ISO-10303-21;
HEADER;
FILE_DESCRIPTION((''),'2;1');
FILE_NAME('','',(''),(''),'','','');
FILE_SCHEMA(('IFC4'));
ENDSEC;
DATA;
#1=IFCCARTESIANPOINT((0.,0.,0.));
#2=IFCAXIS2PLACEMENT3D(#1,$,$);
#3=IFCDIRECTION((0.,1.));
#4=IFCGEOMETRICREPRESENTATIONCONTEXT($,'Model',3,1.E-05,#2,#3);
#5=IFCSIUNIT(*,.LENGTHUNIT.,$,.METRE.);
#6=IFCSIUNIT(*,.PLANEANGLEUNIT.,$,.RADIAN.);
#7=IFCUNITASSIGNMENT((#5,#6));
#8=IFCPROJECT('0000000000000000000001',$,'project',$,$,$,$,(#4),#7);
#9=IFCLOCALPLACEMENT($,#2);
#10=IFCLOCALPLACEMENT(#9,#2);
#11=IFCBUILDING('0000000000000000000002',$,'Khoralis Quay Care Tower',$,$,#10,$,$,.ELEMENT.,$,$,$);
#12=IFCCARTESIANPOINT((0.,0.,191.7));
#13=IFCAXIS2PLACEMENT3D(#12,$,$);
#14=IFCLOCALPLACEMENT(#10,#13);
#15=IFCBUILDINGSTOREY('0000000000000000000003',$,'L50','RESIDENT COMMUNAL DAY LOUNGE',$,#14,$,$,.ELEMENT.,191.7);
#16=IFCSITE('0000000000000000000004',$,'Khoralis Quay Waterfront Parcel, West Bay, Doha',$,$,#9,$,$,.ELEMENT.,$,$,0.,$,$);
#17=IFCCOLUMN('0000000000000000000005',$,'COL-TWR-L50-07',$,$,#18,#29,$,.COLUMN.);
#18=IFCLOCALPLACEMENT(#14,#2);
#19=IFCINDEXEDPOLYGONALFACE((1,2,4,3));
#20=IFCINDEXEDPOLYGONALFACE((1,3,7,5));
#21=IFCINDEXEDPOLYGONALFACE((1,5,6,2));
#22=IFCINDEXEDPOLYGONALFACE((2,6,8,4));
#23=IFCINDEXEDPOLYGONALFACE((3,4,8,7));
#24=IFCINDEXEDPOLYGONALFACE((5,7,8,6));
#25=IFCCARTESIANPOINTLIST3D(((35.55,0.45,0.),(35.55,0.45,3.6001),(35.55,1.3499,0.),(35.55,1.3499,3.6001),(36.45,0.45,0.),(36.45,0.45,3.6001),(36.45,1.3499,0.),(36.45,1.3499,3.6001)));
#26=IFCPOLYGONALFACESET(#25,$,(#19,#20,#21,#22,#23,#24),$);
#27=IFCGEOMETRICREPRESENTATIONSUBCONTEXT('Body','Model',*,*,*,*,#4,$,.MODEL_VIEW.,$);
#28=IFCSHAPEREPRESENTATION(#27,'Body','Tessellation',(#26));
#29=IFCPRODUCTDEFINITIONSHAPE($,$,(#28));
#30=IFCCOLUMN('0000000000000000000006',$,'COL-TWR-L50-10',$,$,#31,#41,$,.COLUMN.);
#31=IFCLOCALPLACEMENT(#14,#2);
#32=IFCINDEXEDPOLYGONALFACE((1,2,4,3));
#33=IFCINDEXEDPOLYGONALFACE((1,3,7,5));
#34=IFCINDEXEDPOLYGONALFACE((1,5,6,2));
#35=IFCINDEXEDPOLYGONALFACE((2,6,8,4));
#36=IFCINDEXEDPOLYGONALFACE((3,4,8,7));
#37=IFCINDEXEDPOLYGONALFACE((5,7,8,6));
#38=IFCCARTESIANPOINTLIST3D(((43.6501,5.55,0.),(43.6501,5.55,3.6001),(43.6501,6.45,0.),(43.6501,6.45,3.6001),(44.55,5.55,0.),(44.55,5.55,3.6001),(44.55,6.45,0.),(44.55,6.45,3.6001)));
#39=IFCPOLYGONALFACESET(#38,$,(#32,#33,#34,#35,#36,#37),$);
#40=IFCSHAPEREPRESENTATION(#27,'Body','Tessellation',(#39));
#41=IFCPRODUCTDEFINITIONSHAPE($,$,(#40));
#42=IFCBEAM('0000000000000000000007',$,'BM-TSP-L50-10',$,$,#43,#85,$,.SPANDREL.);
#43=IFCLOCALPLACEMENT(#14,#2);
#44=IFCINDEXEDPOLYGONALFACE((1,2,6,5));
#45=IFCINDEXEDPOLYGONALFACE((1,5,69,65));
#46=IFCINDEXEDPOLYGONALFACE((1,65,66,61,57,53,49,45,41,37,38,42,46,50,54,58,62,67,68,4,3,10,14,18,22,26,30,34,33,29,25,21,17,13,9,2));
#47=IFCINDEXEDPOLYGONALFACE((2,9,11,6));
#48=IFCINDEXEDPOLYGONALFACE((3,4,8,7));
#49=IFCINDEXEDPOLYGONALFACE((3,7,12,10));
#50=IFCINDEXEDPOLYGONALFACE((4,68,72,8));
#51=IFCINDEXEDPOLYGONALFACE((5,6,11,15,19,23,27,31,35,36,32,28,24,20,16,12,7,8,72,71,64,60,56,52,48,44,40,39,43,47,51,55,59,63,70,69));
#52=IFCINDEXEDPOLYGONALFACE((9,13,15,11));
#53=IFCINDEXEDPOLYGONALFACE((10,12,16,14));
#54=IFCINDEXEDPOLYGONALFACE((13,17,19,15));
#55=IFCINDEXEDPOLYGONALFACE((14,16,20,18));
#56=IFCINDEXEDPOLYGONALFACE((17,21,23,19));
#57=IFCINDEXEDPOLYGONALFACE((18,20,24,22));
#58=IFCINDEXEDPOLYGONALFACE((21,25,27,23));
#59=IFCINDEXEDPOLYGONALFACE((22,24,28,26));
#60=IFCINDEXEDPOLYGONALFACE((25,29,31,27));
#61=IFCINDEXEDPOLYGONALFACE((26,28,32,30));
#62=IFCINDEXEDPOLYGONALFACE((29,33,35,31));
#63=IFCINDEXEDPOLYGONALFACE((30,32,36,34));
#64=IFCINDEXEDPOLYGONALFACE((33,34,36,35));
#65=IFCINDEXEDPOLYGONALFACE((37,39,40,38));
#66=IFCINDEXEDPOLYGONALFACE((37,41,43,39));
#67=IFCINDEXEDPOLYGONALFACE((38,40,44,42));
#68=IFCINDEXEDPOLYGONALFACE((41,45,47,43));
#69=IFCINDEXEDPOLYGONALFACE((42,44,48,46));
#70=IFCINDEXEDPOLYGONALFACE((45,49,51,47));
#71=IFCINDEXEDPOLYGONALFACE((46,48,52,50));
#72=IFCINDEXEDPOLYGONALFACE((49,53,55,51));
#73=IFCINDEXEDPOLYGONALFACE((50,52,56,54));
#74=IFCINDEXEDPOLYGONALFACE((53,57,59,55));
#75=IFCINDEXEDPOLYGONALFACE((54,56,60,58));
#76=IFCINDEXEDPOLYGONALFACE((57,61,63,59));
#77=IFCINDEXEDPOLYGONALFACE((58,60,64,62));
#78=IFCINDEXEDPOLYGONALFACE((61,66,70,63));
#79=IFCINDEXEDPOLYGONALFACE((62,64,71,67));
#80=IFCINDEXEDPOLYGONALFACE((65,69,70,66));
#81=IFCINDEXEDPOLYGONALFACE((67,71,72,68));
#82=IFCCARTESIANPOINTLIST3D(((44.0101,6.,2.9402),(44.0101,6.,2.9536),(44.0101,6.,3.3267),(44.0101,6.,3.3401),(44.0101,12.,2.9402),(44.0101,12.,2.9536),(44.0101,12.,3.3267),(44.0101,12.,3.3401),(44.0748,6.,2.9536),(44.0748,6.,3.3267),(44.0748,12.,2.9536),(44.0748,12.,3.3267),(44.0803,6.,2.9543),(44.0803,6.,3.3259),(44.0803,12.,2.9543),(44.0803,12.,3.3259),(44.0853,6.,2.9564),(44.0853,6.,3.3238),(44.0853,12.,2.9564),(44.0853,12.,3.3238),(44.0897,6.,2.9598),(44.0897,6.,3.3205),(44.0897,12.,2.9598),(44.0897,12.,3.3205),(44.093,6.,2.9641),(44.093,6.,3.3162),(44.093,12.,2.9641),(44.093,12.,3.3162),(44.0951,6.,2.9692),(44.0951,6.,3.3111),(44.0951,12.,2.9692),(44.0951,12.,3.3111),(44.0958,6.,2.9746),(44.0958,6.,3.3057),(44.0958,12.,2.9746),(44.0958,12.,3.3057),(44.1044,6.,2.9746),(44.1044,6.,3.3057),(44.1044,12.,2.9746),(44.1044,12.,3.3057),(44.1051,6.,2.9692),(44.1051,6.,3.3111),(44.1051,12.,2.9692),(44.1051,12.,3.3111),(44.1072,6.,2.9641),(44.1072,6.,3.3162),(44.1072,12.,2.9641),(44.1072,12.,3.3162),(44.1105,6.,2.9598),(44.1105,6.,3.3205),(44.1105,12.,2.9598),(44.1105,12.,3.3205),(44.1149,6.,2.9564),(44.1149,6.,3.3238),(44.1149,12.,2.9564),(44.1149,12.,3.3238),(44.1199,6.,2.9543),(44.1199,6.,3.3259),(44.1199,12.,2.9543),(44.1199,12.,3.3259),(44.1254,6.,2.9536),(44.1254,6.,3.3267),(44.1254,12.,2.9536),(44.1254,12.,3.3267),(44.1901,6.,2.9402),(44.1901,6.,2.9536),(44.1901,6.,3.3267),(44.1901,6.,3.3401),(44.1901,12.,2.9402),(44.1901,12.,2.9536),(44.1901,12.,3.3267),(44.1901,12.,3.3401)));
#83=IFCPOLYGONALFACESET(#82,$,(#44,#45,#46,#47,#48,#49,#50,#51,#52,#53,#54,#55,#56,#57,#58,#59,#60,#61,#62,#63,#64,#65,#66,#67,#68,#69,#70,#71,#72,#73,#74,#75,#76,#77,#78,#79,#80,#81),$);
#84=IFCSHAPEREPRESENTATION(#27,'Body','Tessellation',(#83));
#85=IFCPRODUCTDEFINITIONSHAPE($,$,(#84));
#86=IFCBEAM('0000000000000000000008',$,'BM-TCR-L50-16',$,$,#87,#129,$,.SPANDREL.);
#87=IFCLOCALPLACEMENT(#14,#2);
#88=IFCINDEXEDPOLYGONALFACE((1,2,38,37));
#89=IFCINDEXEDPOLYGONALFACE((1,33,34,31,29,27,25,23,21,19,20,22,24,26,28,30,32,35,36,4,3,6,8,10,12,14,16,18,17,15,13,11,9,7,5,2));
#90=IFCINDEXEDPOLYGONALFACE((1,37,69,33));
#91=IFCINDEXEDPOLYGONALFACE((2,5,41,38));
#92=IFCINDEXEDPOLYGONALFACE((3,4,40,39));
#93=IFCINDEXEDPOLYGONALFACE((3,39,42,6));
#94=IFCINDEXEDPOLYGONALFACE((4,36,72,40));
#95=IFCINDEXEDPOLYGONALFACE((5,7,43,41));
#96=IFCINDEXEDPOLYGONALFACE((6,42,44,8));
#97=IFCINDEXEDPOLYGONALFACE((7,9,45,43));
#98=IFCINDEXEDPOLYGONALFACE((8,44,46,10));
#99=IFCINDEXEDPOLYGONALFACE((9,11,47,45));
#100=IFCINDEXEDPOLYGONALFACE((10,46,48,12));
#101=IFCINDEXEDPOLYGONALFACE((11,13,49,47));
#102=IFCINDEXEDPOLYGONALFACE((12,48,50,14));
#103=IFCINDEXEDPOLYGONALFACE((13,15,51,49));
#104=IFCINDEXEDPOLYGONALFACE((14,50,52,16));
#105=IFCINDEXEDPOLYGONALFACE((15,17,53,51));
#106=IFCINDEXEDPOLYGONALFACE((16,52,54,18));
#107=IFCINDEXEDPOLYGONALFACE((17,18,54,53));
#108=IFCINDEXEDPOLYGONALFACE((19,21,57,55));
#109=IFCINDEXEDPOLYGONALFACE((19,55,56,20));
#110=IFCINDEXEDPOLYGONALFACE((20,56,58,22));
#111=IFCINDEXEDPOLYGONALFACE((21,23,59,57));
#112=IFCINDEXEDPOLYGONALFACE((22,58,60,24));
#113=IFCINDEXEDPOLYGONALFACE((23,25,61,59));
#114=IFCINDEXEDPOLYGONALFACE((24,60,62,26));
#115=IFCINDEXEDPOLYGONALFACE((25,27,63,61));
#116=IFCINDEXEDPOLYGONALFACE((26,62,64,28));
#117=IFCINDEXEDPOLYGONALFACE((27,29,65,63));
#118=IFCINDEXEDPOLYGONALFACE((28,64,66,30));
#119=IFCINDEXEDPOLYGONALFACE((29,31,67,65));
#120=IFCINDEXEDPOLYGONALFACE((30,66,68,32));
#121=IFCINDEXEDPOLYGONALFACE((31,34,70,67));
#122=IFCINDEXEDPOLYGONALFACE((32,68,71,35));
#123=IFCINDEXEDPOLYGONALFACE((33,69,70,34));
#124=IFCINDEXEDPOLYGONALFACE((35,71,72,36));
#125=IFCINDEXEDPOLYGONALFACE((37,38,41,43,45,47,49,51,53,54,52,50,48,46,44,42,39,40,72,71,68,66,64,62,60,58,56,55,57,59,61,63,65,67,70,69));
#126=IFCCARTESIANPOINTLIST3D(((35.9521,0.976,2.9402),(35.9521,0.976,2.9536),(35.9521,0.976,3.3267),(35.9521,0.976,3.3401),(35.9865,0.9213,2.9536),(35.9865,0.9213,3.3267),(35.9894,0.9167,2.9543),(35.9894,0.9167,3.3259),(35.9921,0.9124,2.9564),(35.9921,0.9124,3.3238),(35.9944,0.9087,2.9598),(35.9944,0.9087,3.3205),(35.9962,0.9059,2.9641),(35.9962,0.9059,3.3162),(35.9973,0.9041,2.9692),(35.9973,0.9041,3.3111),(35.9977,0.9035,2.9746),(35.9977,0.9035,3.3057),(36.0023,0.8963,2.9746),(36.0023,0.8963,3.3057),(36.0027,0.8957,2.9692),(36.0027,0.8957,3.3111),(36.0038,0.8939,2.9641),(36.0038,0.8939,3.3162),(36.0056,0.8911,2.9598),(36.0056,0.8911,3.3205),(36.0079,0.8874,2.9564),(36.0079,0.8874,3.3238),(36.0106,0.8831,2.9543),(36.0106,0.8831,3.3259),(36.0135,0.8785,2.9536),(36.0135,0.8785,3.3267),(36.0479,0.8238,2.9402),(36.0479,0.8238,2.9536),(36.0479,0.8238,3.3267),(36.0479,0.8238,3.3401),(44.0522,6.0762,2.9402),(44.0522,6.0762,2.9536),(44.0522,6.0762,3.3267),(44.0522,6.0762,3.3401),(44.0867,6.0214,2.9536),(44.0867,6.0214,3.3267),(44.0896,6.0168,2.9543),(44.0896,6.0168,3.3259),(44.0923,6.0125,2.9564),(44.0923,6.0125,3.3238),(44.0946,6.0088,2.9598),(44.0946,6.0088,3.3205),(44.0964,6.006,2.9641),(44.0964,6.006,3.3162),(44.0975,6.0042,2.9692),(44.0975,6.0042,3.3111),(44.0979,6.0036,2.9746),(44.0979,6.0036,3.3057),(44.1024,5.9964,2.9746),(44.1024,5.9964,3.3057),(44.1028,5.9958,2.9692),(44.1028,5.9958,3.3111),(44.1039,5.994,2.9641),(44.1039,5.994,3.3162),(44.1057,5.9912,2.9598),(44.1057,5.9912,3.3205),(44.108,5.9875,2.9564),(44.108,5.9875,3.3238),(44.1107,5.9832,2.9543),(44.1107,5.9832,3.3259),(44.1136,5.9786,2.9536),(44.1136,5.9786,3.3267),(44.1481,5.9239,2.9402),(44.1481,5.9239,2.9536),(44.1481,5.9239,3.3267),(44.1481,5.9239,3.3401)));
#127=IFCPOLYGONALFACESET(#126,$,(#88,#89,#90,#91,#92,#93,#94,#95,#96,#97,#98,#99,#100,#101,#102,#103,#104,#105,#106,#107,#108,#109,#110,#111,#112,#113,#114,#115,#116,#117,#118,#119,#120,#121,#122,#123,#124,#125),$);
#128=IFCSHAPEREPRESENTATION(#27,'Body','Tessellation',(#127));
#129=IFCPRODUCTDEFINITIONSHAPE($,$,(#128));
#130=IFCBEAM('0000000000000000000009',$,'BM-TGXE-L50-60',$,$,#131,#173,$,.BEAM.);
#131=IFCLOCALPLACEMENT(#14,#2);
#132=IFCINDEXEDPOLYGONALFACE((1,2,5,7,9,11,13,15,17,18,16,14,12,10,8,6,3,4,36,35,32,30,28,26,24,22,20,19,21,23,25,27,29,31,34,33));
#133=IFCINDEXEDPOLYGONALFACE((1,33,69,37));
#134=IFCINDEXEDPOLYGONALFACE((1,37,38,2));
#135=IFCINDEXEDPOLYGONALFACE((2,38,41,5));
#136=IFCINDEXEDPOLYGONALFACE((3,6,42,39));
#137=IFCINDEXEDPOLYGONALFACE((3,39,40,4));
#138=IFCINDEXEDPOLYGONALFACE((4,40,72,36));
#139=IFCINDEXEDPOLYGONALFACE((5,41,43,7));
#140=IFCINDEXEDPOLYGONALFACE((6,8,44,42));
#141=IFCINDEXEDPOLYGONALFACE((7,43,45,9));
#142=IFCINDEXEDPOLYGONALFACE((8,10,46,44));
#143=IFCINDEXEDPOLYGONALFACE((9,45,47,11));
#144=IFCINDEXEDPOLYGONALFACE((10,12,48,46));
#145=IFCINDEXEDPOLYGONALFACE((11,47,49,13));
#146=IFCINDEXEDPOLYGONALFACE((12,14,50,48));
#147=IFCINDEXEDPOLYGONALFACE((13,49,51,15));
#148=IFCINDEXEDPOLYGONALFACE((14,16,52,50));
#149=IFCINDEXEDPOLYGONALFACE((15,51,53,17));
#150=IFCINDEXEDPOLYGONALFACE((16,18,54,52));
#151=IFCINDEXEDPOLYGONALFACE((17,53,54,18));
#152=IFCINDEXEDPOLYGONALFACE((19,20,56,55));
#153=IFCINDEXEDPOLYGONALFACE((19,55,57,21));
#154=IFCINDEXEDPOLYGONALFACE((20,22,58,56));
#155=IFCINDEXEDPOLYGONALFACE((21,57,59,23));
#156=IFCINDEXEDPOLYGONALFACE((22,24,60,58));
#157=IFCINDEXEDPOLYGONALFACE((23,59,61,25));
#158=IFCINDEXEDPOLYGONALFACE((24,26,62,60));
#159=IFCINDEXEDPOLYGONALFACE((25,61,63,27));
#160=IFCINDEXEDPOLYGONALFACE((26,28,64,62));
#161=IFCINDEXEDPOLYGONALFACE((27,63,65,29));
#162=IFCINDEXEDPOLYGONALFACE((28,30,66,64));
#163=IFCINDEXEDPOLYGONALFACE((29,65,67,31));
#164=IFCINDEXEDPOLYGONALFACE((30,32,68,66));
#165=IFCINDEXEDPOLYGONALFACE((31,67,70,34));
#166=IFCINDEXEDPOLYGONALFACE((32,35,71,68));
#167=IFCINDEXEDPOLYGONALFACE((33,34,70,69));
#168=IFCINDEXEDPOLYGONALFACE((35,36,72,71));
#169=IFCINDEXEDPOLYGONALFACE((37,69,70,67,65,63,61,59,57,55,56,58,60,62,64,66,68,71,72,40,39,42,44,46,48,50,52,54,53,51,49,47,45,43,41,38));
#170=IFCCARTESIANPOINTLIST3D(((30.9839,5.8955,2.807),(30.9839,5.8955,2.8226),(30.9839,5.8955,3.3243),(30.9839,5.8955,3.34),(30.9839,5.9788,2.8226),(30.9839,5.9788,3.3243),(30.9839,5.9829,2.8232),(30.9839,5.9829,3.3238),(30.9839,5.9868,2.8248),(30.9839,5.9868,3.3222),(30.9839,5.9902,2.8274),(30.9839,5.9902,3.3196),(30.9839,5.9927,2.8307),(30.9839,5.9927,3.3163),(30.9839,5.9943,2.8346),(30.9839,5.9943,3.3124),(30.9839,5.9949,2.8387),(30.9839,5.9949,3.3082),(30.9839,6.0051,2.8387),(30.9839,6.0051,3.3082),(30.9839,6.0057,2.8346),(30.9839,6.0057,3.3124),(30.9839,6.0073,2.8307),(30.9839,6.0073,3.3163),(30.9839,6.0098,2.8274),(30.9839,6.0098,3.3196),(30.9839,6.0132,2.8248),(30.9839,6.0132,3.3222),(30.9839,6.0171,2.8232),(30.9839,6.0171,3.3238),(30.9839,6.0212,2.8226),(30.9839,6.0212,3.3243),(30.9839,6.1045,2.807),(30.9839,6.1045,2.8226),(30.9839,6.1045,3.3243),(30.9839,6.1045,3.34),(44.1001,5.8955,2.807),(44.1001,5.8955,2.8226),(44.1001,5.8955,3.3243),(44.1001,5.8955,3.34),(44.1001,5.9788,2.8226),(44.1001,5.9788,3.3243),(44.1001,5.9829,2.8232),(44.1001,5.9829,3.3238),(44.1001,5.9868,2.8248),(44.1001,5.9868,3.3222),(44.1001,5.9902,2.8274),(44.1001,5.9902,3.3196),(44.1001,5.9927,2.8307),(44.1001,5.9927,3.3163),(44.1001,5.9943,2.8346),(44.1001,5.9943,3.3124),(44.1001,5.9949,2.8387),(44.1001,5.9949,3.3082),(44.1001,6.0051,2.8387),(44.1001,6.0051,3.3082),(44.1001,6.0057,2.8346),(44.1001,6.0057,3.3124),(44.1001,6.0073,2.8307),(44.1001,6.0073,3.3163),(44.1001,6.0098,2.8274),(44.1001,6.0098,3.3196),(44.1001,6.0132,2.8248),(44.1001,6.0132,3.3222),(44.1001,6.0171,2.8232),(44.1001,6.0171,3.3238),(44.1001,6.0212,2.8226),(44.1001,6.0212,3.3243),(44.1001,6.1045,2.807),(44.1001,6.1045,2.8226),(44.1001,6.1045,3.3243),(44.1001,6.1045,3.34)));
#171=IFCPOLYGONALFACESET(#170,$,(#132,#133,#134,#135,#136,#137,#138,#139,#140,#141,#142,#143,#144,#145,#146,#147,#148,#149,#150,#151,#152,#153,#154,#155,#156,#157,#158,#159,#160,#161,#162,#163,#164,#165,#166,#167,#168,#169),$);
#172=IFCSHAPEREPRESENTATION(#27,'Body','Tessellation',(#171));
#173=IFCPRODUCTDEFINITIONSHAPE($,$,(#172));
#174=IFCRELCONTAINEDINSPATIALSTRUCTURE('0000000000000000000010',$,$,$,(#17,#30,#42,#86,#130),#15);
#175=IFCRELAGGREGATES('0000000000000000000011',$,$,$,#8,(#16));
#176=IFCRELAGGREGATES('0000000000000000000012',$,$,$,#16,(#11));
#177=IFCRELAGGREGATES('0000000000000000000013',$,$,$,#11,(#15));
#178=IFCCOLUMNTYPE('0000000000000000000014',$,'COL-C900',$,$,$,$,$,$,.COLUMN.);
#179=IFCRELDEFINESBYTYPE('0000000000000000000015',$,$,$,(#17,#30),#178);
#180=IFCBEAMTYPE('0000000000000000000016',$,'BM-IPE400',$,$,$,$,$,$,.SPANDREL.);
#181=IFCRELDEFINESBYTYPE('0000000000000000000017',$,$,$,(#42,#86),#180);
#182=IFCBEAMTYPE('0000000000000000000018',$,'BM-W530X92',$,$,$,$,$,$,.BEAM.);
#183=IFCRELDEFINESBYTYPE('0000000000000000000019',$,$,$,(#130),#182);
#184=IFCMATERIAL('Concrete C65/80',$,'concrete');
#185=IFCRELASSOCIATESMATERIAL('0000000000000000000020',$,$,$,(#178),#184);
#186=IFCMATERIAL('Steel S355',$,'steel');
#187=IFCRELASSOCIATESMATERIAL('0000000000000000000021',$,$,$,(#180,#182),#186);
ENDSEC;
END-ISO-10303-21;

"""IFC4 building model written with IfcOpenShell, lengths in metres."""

from ifc_helpers import new_model, si_unit, direction, frame, origin, origin_2d, place, context, subcontext, project, spatial, rectangle, i_section, extrude, source, transform, mapped, material, material_profile, profile_set, type_object, element, save


model = new_model("IFC4")

# Units and contexts
model_context = context("Model", 3, precision=1e-05, world=origin(), true_north=direction((0.0, 1.0)))
body_context = subcontext(model_context, "Body", "Model", "MODEL_VIEW")
ifc_project = project(units=[si_unit("LENGTHUNIT", "METRE"), si_unit("PLANEANGLEUNIT", "RADIAN")], contexts=[model_context])

# Site, building, storey
site_placement = place(None, origin())
site = spatial("IfcSite", under=ifc_project, at=site_placement, Name="Khoralis Quay Waterfront Parcel, West Bay, Doha", CompositionType="ELEMENT", RefElevation=0.0)
building_placement = place(site_placement, origin())
building = spatial("IfcBuilding", under=site, at=building_placement, Name="Khoralis Quay Care Tower", CompositionType="ELEMENT")
storey_placement = place(building_placement, frame((0.0, 0.0, 191.7)))
storey = spatial("IfcBuildingStorey", under=building, at=storey_placement, Name="L50", Description="RESIDENT COMMUNAL DAY LOUNGE", CompositionType="ELEMENT", Elevation=191.7)

# Columns
ifc_material_1 = material(Name="Concrete C65/80", Category="concrete")
ifc_material_profile_1 = material_profile(ifc_material_1, rectangle(XDim=0.8999, YDim=0.8999, at=origin_2d()), Name="Concrete C65/80")
ifc_profile_set_1 = profile_set([ifc_material_profile_1], Name="Concrete C65/80")
column_type = type_object("IfcColumnType", Name="COL-C900", PredefinedType="COLUMN", material=ifc_profile_set_1)
shared_shape_1 = source(origin(), body_context, "Body", "SweptSolid", [
    extrude(rectangle(XDim=0.8999, YDim=0.8999, at=origin_2d()), origin(), (0.0, 0.0, 1.0), 3.6001),
])
for number, where, z_axis, x_axis, name in (
    (1, (36.0, 0.8999, 0.0), (0.0, 0.0, 1.0), (1.0, 0.0, 0.0), "COL-TWR-L50-07"),
    (2, (44.1001, 6.0, 0.0), (0.0, 0.0, 1.0), (1.0, 0.0, 0.0), "COL-TWR-L50-10"),
):
    element("IfcColumn", number, at=place(storey_placement, frame(where, z_axis=z_axis, x_axis=x_axis)), inside=storey, type_object=column_type, Name=name, PredefinedType="COLUMN", context=body_context, shape_type="MappedRepresentation", body=[
        mapped(shared_shape_1, transform((0.0, 0.0, 0.0), scale=1.0)),
    ])

# Beams
ifc_material_2 = material(Name="Steel S355", Category="steel")
ifc_material_profile_2 = material_profile(ifc_material_2, i_section(OverallWidth=0.1799, OverallDepth=0.3999, WebThickness=0.0085, FlangeThickness=0.0134, FilletRadius=0.021, at=origin_2d()), Name="Steel S355")
ifc_profile_set_2 = profile_set([ifc_material_profile_2], Name="Steel S355")
beam_type_1 = type_object("IfcBeamType", Name="BM-IPE400", PredefinedType="SPANDREL", material=ifc_profile_set_2)
shared_shape_2 = source(origin(), body_context, "Body", "SweptSolid", [
    extrude(i_section(OverallWidth=0.1799, OverallDepth=0.3999, WebThickness=0.0085, FlangeThickness=0.0134, FilletRadius=0.021, at=origin_2d()), origin(), (0.0, 0.0, 1.0), 6.0),
])
beam_1_placement = place(storey_placement, frame((44.1001, 6.0, 3.1401), z_axis=(0.0, 1.0, 0.0), x_axis=(-1.0, 0.0, 0.0)))
element("IfcBeam", 3, at=beam_1_placement, inside=storey, type_object=beam_type_1, Name="BM-TSP-L50-10", PredefinedType="SPANDREL", context=body_context, shape_type="MappedRepresentation", body=[
    mapped(shared_shape_2, transform((0.0, 0.0, 0.0), scale=1.0)),
])
shared_shape_3 = source(origin(), body_context, "Body", "SweptSolid", [
    extrude(i_section(OverallWidth=0.1799, OverallDepth=0.3999, WebThickness=0.0085, FlangeThickness=0.0134, FilletRadius=0.021, at=origin_2d()), origin(), (0.0, 0.0, 1.0), 9.572),
])
beam_2_placement = place(storey_placement, frame((36.0, 0.8999, 3.1401), z_axis=(0.846231, 0.532816, 0.0), x_axis=(-0.532816, 0.846231, 0.0)))
element("IfcBeam", 4, at=beam_2_placement, inside=storey, type_object=beam_type_1, Name="BM-TCR-L50-16", PredefinedType="SPANDREL", context=body_context, shape_type="MappedRepresentation", body=[
    mapped(shared_shape_3, transform((0.0, 0.0, 0.0), scale=1.0)),
])
ifc_material_profile_3 = material_profile(ifc_material_2, i_section(OverallWidth=0.209, OverallDepth=0.533, WebThickness=0.0103, FlangeThickness=0.0156, FilletRadius=0.0161, at=origin_2d()), Name="Steel S355")
ifc_profile_set_3 = profile_set([ifc_material_profile_3], Name="Steel S355")
beam_type_2 = type_object("IfcBeamType", Name="BM-W530X92", PredefinedType="BEAM", material=ifc_profile_set_3)
shared_shape_4 = source(origin(), body_context, "Body", "SweptSolid", [
    extrude(i_section(OverallWidth=0.209, OverallDepth=0.533, WebThickness=0.0103, FlangeThickness=0.0156, FilletRadius=0.0161, at=origin_2d()), origin(), (0.0, 0.0, 1.0), 13.1162),
])
beam_3_placement = place(storey_placement, frame((30.9839, 6.0, 3.0735), z_axis=(1.0, 0.0, 0.0), x_axis=(0.0, 1.0, 0.0)))
element("IfcBeam", 5, at=beam_3_placement, inside=storey, type_object=beam_type_2, Name="BM-TGXE-L50-60", PredefinedType="BEAM", context=body_context, shape_type="MappedRepresentation", body=[
    mapped(shared_shape_4, transform((0.0, 0.0, 0.0), scale=1.0)),
])

save(model, "model.ifc")
